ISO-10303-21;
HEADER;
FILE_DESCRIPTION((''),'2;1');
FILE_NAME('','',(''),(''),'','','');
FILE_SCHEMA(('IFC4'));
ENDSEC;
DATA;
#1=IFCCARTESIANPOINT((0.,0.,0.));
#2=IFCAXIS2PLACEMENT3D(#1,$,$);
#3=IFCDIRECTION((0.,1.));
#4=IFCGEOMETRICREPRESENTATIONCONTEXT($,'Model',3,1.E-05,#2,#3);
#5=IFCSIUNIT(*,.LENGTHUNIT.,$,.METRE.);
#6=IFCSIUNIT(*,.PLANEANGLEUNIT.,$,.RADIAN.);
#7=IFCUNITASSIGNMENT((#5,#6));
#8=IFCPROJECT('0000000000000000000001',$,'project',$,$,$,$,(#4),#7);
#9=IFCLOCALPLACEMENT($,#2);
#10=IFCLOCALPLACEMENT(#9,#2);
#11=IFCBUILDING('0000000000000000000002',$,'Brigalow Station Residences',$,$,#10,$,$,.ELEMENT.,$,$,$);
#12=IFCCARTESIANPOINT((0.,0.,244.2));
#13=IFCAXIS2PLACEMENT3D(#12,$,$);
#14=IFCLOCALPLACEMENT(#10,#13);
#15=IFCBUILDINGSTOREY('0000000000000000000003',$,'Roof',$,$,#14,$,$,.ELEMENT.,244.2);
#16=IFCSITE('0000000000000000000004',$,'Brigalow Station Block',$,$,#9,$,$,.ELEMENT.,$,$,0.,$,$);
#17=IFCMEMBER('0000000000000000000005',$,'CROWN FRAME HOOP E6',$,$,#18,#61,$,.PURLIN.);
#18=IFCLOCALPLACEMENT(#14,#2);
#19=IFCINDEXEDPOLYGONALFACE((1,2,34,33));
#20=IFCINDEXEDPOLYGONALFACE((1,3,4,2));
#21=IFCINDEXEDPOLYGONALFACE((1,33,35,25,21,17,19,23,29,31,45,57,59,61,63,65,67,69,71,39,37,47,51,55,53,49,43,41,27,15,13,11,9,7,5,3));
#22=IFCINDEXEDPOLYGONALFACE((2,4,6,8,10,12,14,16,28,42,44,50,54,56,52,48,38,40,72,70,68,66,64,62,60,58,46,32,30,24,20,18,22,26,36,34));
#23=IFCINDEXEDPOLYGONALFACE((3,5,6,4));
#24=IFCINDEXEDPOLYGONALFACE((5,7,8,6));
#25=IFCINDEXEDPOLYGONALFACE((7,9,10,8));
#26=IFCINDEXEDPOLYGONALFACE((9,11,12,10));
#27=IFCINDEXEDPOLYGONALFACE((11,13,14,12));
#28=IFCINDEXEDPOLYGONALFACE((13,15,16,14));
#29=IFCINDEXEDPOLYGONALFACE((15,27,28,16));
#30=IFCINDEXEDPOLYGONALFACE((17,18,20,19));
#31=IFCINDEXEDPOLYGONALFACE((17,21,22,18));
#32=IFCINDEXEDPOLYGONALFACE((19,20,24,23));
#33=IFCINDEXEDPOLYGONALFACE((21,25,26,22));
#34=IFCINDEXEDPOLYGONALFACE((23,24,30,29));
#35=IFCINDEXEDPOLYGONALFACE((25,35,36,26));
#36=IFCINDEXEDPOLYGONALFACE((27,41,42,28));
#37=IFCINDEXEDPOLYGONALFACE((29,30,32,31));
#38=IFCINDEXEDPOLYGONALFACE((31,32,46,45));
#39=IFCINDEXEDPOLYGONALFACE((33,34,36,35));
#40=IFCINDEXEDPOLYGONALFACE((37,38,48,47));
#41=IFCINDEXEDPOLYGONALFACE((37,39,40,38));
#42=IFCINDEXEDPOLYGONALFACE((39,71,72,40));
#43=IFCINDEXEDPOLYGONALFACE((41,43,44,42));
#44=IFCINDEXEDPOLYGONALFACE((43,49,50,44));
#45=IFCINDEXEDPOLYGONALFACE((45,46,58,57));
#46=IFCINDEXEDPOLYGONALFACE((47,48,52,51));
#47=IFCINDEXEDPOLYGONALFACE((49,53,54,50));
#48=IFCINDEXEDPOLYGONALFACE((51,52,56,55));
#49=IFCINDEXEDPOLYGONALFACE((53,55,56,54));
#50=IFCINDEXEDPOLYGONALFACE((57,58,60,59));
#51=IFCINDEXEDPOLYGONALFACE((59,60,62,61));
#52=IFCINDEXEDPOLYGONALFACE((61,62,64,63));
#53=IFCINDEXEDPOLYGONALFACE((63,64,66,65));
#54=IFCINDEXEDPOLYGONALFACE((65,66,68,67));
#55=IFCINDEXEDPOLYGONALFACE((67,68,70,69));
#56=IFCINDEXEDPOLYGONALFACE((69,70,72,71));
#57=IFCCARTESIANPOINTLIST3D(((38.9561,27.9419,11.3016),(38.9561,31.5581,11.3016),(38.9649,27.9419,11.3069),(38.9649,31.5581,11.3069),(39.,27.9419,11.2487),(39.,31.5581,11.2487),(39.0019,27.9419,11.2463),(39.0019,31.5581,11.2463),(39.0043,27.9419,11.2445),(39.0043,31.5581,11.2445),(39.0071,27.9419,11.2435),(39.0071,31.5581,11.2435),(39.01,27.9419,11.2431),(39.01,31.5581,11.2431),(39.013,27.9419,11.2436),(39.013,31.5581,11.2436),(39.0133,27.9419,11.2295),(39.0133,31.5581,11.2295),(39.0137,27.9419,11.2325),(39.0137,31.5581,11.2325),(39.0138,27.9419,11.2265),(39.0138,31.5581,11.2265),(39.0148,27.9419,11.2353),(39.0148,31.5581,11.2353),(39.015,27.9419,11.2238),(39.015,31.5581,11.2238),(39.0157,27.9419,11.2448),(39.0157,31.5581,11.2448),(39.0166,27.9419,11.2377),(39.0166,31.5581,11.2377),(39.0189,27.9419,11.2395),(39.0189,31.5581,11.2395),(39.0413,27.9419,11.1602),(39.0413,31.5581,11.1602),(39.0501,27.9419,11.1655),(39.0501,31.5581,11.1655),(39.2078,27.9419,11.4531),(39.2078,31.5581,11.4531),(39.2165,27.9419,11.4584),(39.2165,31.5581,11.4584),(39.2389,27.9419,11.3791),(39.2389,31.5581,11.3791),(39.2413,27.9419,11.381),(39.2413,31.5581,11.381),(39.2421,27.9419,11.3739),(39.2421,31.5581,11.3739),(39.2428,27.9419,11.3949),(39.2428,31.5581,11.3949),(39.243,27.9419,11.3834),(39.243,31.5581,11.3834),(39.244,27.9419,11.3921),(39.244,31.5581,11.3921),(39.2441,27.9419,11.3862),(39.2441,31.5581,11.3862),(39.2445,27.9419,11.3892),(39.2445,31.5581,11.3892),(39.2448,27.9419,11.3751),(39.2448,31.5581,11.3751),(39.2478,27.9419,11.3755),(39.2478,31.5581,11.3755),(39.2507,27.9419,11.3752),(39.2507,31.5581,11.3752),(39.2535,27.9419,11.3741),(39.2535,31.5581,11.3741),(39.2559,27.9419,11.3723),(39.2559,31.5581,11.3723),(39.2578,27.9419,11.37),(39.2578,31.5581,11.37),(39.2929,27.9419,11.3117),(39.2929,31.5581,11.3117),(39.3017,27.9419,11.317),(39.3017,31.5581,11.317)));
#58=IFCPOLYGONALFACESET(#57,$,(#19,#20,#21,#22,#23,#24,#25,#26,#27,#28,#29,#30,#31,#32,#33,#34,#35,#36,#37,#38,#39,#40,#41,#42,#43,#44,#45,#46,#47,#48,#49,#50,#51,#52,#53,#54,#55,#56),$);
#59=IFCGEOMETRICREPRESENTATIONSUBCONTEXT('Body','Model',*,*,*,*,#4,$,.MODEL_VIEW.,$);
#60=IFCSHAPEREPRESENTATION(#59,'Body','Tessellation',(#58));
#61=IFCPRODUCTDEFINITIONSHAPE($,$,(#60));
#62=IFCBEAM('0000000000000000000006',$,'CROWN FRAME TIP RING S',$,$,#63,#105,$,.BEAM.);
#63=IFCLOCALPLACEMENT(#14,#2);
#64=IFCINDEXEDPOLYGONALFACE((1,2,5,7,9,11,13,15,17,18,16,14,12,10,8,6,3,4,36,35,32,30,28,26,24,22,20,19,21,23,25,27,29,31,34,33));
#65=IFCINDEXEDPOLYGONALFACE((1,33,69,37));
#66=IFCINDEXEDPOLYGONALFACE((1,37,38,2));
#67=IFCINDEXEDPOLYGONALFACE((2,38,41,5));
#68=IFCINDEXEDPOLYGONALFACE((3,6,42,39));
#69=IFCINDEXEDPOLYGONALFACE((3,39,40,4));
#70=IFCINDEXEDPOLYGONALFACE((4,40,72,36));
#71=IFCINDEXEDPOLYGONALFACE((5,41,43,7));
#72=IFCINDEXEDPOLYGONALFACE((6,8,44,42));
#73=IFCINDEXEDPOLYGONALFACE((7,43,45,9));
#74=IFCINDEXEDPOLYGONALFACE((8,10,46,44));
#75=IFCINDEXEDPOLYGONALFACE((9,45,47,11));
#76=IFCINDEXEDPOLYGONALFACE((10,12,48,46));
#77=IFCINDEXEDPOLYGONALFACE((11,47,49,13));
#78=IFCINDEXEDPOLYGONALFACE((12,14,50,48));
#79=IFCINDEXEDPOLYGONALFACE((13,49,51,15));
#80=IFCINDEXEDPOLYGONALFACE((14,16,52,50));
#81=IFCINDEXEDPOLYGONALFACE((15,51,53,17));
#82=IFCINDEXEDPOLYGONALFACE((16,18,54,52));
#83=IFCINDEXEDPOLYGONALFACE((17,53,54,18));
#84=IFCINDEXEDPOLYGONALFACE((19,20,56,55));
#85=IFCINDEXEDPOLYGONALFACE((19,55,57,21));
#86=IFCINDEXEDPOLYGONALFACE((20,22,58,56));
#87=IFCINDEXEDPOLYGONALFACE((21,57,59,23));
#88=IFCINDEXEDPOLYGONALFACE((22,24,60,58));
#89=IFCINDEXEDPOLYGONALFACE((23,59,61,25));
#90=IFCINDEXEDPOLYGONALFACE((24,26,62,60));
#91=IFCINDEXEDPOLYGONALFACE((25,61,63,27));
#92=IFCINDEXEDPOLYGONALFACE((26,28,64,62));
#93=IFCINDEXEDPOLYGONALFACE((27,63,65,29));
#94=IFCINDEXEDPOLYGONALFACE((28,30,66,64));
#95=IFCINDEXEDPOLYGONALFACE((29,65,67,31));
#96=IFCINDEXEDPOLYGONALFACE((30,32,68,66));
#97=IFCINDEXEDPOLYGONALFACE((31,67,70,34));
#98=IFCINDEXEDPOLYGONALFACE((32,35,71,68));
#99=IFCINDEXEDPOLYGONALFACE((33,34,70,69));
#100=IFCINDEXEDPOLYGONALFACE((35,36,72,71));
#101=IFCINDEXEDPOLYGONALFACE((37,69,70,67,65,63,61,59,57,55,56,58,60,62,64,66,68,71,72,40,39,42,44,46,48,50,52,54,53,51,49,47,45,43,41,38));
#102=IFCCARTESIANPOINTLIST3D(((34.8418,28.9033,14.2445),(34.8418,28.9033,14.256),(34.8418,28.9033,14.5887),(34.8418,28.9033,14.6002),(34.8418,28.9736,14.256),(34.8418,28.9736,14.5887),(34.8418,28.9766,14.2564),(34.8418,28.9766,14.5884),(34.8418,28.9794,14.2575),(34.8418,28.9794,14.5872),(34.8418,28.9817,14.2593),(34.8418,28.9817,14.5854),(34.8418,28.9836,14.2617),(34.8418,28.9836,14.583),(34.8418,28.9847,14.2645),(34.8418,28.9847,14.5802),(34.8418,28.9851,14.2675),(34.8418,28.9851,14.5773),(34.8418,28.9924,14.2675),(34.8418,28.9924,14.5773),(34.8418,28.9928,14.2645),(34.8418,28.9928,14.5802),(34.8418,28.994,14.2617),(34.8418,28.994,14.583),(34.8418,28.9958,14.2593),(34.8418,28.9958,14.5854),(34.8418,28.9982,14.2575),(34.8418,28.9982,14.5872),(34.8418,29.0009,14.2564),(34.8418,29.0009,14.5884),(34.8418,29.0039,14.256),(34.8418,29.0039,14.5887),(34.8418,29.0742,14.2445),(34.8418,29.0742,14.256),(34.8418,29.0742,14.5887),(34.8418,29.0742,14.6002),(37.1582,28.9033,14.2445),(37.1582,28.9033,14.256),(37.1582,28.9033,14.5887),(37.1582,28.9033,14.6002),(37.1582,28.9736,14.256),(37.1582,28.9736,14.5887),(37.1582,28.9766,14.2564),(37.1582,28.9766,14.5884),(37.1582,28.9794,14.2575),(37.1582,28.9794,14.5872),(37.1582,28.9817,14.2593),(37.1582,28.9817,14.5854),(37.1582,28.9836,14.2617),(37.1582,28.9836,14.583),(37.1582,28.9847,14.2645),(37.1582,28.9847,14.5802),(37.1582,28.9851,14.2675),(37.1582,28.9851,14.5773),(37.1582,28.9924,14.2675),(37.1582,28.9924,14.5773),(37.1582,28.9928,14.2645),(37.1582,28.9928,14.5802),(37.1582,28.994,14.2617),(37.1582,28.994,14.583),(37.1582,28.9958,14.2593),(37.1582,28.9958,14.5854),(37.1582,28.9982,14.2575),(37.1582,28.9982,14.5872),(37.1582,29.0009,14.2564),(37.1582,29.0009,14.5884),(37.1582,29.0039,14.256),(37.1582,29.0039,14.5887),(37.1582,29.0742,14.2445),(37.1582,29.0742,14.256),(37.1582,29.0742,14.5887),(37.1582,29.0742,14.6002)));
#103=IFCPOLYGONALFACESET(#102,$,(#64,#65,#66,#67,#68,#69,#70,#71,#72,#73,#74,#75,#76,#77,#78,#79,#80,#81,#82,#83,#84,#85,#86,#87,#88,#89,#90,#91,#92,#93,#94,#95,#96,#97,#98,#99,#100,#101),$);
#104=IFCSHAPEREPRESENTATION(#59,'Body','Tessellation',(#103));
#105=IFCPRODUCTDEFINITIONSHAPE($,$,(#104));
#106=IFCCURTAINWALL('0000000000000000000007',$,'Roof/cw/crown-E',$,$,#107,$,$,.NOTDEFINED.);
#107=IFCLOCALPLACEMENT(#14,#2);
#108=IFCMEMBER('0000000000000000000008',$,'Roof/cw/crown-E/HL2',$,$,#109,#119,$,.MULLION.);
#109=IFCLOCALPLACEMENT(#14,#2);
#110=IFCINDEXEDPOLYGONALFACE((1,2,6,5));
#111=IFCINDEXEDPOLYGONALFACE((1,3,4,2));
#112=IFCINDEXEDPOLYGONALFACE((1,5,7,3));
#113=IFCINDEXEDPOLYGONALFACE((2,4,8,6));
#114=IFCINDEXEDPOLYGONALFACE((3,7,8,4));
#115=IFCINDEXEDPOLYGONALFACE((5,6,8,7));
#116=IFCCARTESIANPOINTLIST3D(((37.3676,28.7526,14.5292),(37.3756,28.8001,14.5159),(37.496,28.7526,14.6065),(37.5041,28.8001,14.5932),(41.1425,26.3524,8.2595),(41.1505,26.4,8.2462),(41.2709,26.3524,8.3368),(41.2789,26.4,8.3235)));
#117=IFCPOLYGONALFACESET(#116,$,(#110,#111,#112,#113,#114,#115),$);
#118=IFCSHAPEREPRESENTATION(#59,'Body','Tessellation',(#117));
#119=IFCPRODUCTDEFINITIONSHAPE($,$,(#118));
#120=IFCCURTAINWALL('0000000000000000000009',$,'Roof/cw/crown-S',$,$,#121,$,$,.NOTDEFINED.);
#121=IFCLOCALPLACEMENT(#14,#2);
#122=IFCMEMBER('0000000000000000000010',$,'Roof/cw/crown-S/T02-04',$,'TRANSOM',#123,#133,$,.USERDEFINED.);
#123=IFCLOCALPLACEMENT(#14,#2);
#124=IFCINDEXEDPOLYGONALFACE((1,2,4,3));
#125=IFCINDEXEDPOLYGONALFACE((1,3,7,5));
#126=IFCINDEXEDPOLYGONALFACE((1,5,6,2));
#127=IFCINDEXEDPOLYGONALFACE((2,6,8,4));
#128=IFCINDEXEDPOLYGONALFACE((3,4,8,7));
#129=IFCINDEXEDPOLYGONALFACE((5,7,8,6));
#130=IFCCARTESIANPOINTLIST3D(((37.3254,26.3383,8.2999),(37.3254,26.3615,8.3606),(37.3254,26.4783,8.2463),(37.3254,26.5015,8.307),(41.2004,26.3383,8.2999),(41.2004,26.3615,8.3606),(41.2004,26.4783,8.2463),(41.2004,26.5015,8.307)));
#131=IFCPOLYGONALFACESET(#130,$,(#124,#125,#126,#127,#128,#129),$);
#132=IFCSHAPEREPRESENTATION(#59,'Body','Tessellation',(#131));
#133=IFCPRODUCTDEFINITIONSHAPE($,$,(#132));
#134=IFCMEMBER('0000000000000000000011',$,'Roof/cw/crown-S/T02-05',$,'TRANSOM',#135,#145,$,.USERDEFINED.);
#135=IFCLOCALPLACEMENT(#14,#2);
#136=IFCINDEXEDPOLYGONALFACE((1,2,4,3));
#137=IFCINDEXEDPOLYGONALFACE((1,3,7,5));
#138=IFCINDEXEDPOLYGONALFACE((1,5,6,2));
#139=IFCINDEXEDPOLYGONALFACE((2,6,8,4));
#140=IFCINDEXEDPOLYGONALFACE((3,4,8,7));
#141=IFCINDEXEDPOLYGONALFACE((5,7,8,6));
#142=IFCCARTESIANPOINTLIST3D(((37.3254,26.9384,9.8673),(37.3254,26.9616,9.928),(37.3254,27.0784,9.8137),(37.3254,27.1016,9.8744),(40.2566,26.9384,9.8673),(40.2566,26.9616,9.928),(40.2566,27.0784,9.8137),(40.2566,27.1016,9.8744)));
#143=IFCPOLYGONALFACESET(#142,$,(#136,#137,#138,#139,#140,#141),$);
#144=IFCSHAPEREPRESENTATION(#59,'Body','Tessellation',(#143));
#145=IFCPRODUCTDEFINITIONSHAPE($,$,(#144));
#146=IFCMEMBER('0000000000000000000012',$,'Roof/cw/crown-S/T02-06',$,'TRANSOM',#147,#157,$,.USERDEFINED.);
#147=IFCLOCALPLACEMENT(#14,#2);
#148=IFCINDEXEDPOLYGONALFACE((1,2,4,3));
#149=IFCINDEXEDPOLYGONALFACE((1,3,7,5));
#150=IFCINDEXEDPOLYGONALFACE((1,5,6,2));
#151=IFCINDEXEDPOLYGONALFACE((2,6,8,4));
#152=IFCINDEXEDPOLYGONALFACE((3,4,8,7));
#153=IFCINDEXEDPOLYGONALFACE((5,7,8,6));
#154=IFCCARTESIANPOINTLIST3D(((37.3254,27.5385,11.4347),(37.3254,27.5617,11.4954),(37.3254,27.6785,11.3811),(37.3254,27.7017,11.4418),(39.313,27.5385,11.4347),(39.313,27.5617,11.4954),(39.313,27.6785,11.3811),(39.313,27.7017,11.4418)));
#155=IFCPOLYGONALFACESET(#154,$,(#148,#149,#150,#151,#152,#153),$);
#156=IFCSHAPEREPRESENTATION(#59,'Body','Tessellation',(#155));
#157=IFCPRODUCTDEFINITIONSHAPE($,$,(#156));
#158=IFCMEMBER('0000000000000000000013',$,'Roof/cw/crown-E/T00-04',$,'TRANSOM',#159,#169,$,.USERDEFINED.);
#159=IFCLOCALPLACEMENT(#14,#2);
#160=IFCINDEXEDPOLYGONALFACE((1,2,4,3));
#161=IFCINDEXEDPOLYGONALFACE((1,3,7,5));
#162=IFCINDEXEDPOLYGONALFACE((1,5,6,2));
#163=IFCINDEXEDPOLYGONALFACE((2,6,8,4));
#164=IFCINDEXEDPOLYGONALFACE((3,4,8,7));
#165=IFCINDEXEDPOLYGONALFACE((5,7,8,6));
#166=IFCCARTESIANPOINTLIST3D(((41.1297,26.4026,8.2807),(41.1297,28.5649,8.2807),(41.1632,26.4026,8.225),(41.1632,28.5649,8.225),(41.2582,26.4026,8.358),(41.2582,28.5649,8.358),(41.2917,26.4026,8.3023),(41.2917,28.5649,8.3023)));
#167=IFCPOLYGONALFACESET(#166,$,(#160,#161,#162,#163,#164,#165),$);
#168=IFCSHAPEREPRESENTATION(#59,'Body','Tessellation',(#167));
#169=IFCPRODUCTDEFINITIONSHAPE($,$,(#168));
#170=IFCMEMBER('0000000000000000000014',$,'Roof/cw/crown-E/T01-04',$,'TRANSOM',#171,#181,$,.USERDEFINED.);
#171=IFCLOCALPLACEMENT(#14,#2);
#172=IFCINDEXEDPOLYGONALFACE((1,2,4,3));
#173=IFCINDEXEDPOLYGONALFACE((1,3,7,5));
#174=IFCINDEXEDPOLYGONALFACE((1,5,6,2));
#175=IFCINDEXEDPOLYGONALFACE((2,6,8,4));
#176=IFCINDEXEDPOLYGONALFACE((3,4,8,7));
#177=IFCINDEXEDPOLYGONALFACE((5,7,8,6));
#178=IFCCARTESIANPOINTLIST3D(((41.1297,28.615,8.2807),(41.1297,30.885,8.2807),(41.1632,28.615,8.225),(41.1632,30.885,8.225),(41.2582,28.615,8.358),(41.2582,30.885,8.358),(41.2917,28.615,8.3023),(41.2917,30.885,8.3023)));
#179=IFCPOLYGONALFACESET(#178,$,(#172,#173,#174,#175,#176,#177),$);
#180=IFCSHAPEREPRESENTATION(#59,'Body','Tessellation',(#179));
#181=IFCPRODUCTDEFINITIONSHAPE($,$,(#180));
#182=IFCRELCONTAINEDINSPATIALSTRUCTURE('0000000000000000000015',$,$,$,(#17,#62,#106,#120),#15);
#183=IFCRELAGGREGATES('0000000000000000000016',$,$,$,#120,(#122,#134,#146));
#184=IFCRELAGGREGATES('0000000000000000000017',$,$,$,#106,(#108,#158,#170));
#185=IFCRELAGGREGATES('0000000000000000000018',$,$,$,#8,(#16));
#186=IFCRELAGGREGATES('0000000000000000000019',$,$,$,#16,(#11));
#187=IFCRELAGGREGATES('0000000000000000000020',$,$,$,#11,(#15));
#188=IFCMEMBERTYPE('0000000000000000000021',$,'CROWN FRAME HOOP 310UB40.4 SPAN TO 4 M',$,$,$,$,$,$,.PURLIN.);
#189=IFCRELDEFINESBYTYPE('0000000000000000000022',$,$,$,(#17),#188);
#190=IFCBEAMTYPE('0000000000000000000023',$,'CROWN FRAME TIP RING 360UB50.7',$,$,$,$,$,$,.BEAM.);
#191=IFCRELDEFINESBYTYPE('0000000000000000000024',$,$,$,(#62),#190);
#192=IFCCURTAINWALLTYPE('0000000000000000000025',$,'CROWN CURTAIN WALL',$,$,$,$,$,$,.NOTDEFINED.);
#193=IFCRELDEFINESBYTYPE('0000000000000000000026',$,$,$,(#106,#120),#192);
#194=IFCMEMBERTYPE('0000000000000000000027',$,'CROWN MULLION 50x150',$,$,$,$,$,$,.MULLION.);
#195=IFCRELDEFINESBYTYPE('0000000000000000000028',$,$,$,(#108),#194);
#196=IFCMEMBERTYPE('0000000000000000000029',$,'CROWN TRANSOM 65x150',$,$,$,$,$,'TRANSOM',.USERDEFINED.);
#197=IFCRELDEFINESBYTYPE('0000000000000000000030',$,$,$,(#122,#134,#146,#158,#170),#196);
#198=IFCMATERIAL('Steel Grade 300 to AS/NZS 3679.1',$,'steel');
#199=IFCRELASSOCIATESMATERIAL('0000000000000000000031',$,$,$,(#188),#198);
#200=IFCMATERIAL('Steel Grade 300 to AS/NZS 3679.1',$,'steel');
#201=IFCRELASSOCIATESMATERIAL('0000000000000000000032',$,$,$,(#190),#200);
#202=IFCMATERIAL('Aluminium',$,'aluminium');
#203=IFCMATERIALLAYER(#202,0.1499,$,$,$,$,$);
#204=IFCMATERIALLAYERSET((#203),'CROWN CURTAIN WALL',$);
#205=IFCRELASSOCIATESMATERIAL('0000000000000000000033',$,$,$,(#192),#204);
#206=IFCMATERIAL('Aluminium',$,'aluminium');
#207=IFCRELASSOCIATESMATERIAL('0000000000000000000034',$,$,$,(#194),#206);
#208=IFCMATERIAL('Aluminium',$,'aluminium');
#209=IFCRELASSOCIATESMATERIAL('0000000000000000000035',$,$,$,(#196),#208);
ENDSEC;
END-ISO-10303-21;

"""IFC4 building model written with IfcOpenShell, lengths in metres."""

from ifc_helpers import new_model, si_unit, direction, frame, origin, origin_2d, place, context, subcontext, project, spatial, rectangle, i_section, extrude, material, layer, layer_set, material_profile, profile_set, type_object, element, aggregate, save


model = new_model("IFC4")

# Units and contexts
model_context = context("Model", 3, precision=1e-05, world=origin(), true_north=direction((0.0, 1.0)))
body_context = subcontext(model_context, "Body", "Model", "MODEL_VIEW")
ifc_project = project(units=[si_unit("LENGTHUNIT", "METRE"), si_unit("PLANEANGLEUNIT", "RADIAN")], contexts=[model_context])

# Site, building, storey
site_placement = place(None, origin())
site = spatial("IfcSite", under=ifc_project, at=site_placement, Name="Brigalow Station Block", CompositionType="ELEMENT", RefElevation=0.0)
building_placement = place(site_placement, origin())
building = spatial("IfcBuilding", under=site, at=building_placement, Name="Brigalow Station Residences", CompositionType="ELEMENT")
storey_placement = place(building_placement, frame((0.0, 0.0, 244.2)))
storey = spatial("IfcBuildingStorey", under=building, at=storey_placement, Name="Roof", CompositionType="ELEMENT", Elevation=244.2)

# Member
ifc_material_1 = material(Name="Steel Grade 300 to AS/NZS 3679.1", Category="steel")
ifc_material_profile_1 = material_profile(ifc_material_1, i_section(OverallWidth=0.165, OverallDepth=0.304, WebThickness=0.0061, FlangeThickness=0.0103, FilletRadius=0.0115, at=origin_2d()), Name="310UB40.4")
ifc_profile_set_1 = profile_set([ifc_material_profile_1], Name="Steel Grade 300 to AS/NZS 3679.1")
member_type_1 = type_object("IfcMemberType", Name="CROWN FRAME HOOP 310UB40.4 SPAN TO 4 M", PredefinedType="PURLIN", material=ifc_profile_set_1)
member_1_placement = place(storey_placement, frame((39.1289, 27.9419, 11.3093), z_axis=(0.0, 1.0, 0.0), x_axis=(-0.515813, 0.0, 0.856701)))
element("IfcMember", 1, at=member_1_placement, inside=storey, type_object=member_type_1, Name="CROWN FRAME HOOP E6", PredefinedType="PURLIN", context=body_context, shape_type="SweptSolid", body=[
    extrude(i_section(OverallWidth=0.165, OverallDepth=0.304, WebThickness=0.0061, FlangeThickness=0.0103, FilletRadius=0.0115, at=origin_2d()), origin(), (0.0, 0.0, 1.0), 3.6162),
])

# Beam
ifc_material_2 = material(Name="Steel Grade 300 to AS/NZS 3679.1", Category="steel")
ifc_material_profile_2 = material_profile(ifc_material_2, i_section(OverallWidth=0.1709, OverallDepth=0.3557, WebThickness=0.0073, FlangeThickness=0.0115, FilletRadius=0.0115, at=origin_2d()), Name="360UB50.7")
ifc_profile_set_2 = profile_set([ifc_material_profile_2], Name="Steel Grade 300 to AS/NZS 3679.1")
beam_type = type_object("IfcBeamType", Name="CROWN FRAME TIP RING 360UB50.7", PredefinedType="BEAM", material=ifc_profile_set_2)
beam_placement = place(storey_placement, frame((34.8418, 28.9888, 14.4224), z_axis=(1.0, 0.0, 0.0), x_axis=(0.0, 1.0, 0.0)))
element("IfcBeam", 2, at=beam_placement, inside=storey, type_object=beam_type, Name="CROWN FRAME TIP RING S", PredefinedType="BEAM", context=body_context, shape_type="SweptSolid", body=[
    extrude(i_section(OverallWidth=0.1709, OverallDepth=0.3557, WebThickness=0.0073, FlangeThickness=0.0115, FilletRadius=0.0115, at=origin_2d()), origin(), (0.0, 0.0, 1.0), 2.3164),
])

# Curtain wall, member
ifc_material_3 = material(Name="Aluminium", Category="aluminium")
ifc_layer_1 = layer(ifc_material_3, 0.1499)
ifc_layer_set_1 = layer_set([ifc_layer_1], Name="CROWN CURTAIN WALL")
curtain_wall_type = type_object("IfcCurtainWallType", Name="CROWN CURTAIN WALL", PredefinedType="NOTDEFINED", material=ifc_layer_set_1)
curtain_wall_1_placement = place(storey_placement, origin())
curtain_wall_1 = element("IfcCurtainWall", 3, at=curtain_wall_1_placement, inside=storey, type_object=curtain_wall_type, Name="Roof/cw/crown-E", PredefinedType="NOTDEFINED")
ifc_material_4 = material(Name="Aluminium", Category="aluminium")
ifc_material_profile_3 = material_profile(ifc_material_4, rectangle(XDim=0.05, YDim=0.1499, at=origin_2d()), Name="CROWN MULLION 50x150")
ifc_profile_set_3 = profile_set([ifc_material_profile_3], Name="Aluminium")
member_type_2 = type_object("IfcMemberType", Name="CROWN MULLION 50x150", PredefinedType="MULLION", material=ifc_profile_set_3)
member_2_placement = place(storey_placement, frame((41.2107, 26.3762, 8.2915), z_axis=(-0.49012, 0.311627, 0.814046), x_axis=(-0.160768, -0.950205, 0.266955)))
member_2 = element("IfcMember", 4, at=member_2_placement, type_object=member_type_2, Name="Roof/cw/crown-E/HL2", PredefinedType="MULLION", context=body_context, shape_type="SweptSolid", body=[
    extrude(rectangle(XDim=0.05, YDim=0.1499, at=origin_2d()), origin(), (0.0, 0.0, 1.0), 7.7019),
])

# Curtain wall, members
curtain_wall_2_placement = place(storey_placement, origin())
curtain_wall_2 = element("IfcCurtainWall", 5, at=curtain_wall_2_placement, inside=storey, type_object=curtain_wall_type, Name="Roof/cw/crown-S", PredefinedType="NOTDEFINED")
ifc_material_5 = material(Name="Aluminium", Category="aluminium")
ifc_material_profile_4 = material_profile(ifc_material_5, rectangle(XDim=0.0649, YDim=0.1499, at=origin_2d()), Name="CROWN TRANSOM 65x150")
ifc_profile_set_4 = profile_set([ifc_material_profile_4], Name="Aluminium")
member_type_3 = type_object("IfcMemberType", Name="CROWN TRANSOM 65x150", ElementType="TRANSOM", PredefinedType="USERDEFINED", material=ifc_profile_set_4)
member_3_placement = place(storey_placement, frame((37.3254, 26.4199, 8.3035), z_axis=(1.0, 0.0, 0.0), x_axis=(0.0, 0.357491, 0.933917)))
member_3 = element("IfcMember", 6, at=member_3_placement, type_object=member_type_3, Name="Roof/cw/crown-S/T02-04", ObjectType="TRANSOM", PredefinedType="USERDEFINED", context=body_context, shape_type="SweptSolid", body=[
    extrude(rectangle(XDim=0.0649, YDim=0.1499, at=origin_2d()), origin(), (0.0, 0.0, 1.0), 3.875),
])
member_4_placement = place(storey_placement, frame((37.3254, 27.02, 9.8708), z_axis=(1.0, 0.0, 0.0), x_axis=(0.0, 0.357491, 0.933917)))
member_4 = element("IfcMember", 7, at=member_4_placement, type_object=member_type_3, Name="Roof/cw/crown-S/T02-05", ObjectType="TRANSOM", PredefinedType="USERDEFINED", context=body_context, shape_type="SweptSolid", body=[
    extrude(rectangle(XDim=0.0649, YDim=0.1499, at=origin_2d()), origin(), (0.0, 0.0, 1.0), 2.9312),
])
member_5_placement = place(storey_placement, frame((37.3254, 27.6201, 11.4382), z_axis=(1.0, 0.0, 0.0), x_axis=(0.0, 0.357491, 0.933917)))
member_5 = element("IfcMember", 8, at=member_5_placement, type_object=member_type_3, Name="Roof/cw/crown-S/T02-06", ObjectType="TRANSOM", PredefinedType="USERDEFINED", context=body_context, shape_type="SweptSolid", body=[
    extrude(rectangle(XDim=0.0649, YDim=0.1499, at=origin_2d()), origin(), (0.0, 0.0, 1.0), 1.9875),
])

# Members
member_6_placement = place(storey_placement, frame((41.2107, 26.4026, 8.2915), z_axis=(0.0, 1.0, 0.0), x_axis=(-0.515813, 0.0, 0.856701)))
member_6 = element("IfcMember", 9, at=member_6_placement, type_object=member_type_3, Name="Roof/cw/crown-E/T00-04", ObjectType="TRANSOM", PredefinedType="USERDEFINED", context=body_context, shape_type="SweptSolid", body=[
    extrude(rectangle(XDim=0.0649, YDim=0.1499, at=origin_2d()), origin(), (0.0, 0.0, 1.0), 2.1624),
])
member_7_placement = place(storey_placement, frame((41.2107, 28.615, 8.2915), z_axis=(0.0, 1.0, 0.0), x_axis=(-0.515813, 0.0, 0.856701)))
member_7 = element("IfcMember", 10, at=member_7_placement, type_object=member_type_3, Name="Roof/cw/crown-E/T01-04", ObjectType="TRANSOM", PredefinedType="USERDEFINED", context=body_context, shape_type="SweptSolid", body=[
    extrude(rectangle(XDim=0.0649, YDim=0.1499, at=origin_2d()), origin(), (0.0, 0.0, 1.0), 2.27),
])

aggregate(curtain_wall_2, [member_3, member_4, member_5])
aggregate(curtain_wall_1, [member_2, member_6, member_7])

save(model, "model.ifc")
